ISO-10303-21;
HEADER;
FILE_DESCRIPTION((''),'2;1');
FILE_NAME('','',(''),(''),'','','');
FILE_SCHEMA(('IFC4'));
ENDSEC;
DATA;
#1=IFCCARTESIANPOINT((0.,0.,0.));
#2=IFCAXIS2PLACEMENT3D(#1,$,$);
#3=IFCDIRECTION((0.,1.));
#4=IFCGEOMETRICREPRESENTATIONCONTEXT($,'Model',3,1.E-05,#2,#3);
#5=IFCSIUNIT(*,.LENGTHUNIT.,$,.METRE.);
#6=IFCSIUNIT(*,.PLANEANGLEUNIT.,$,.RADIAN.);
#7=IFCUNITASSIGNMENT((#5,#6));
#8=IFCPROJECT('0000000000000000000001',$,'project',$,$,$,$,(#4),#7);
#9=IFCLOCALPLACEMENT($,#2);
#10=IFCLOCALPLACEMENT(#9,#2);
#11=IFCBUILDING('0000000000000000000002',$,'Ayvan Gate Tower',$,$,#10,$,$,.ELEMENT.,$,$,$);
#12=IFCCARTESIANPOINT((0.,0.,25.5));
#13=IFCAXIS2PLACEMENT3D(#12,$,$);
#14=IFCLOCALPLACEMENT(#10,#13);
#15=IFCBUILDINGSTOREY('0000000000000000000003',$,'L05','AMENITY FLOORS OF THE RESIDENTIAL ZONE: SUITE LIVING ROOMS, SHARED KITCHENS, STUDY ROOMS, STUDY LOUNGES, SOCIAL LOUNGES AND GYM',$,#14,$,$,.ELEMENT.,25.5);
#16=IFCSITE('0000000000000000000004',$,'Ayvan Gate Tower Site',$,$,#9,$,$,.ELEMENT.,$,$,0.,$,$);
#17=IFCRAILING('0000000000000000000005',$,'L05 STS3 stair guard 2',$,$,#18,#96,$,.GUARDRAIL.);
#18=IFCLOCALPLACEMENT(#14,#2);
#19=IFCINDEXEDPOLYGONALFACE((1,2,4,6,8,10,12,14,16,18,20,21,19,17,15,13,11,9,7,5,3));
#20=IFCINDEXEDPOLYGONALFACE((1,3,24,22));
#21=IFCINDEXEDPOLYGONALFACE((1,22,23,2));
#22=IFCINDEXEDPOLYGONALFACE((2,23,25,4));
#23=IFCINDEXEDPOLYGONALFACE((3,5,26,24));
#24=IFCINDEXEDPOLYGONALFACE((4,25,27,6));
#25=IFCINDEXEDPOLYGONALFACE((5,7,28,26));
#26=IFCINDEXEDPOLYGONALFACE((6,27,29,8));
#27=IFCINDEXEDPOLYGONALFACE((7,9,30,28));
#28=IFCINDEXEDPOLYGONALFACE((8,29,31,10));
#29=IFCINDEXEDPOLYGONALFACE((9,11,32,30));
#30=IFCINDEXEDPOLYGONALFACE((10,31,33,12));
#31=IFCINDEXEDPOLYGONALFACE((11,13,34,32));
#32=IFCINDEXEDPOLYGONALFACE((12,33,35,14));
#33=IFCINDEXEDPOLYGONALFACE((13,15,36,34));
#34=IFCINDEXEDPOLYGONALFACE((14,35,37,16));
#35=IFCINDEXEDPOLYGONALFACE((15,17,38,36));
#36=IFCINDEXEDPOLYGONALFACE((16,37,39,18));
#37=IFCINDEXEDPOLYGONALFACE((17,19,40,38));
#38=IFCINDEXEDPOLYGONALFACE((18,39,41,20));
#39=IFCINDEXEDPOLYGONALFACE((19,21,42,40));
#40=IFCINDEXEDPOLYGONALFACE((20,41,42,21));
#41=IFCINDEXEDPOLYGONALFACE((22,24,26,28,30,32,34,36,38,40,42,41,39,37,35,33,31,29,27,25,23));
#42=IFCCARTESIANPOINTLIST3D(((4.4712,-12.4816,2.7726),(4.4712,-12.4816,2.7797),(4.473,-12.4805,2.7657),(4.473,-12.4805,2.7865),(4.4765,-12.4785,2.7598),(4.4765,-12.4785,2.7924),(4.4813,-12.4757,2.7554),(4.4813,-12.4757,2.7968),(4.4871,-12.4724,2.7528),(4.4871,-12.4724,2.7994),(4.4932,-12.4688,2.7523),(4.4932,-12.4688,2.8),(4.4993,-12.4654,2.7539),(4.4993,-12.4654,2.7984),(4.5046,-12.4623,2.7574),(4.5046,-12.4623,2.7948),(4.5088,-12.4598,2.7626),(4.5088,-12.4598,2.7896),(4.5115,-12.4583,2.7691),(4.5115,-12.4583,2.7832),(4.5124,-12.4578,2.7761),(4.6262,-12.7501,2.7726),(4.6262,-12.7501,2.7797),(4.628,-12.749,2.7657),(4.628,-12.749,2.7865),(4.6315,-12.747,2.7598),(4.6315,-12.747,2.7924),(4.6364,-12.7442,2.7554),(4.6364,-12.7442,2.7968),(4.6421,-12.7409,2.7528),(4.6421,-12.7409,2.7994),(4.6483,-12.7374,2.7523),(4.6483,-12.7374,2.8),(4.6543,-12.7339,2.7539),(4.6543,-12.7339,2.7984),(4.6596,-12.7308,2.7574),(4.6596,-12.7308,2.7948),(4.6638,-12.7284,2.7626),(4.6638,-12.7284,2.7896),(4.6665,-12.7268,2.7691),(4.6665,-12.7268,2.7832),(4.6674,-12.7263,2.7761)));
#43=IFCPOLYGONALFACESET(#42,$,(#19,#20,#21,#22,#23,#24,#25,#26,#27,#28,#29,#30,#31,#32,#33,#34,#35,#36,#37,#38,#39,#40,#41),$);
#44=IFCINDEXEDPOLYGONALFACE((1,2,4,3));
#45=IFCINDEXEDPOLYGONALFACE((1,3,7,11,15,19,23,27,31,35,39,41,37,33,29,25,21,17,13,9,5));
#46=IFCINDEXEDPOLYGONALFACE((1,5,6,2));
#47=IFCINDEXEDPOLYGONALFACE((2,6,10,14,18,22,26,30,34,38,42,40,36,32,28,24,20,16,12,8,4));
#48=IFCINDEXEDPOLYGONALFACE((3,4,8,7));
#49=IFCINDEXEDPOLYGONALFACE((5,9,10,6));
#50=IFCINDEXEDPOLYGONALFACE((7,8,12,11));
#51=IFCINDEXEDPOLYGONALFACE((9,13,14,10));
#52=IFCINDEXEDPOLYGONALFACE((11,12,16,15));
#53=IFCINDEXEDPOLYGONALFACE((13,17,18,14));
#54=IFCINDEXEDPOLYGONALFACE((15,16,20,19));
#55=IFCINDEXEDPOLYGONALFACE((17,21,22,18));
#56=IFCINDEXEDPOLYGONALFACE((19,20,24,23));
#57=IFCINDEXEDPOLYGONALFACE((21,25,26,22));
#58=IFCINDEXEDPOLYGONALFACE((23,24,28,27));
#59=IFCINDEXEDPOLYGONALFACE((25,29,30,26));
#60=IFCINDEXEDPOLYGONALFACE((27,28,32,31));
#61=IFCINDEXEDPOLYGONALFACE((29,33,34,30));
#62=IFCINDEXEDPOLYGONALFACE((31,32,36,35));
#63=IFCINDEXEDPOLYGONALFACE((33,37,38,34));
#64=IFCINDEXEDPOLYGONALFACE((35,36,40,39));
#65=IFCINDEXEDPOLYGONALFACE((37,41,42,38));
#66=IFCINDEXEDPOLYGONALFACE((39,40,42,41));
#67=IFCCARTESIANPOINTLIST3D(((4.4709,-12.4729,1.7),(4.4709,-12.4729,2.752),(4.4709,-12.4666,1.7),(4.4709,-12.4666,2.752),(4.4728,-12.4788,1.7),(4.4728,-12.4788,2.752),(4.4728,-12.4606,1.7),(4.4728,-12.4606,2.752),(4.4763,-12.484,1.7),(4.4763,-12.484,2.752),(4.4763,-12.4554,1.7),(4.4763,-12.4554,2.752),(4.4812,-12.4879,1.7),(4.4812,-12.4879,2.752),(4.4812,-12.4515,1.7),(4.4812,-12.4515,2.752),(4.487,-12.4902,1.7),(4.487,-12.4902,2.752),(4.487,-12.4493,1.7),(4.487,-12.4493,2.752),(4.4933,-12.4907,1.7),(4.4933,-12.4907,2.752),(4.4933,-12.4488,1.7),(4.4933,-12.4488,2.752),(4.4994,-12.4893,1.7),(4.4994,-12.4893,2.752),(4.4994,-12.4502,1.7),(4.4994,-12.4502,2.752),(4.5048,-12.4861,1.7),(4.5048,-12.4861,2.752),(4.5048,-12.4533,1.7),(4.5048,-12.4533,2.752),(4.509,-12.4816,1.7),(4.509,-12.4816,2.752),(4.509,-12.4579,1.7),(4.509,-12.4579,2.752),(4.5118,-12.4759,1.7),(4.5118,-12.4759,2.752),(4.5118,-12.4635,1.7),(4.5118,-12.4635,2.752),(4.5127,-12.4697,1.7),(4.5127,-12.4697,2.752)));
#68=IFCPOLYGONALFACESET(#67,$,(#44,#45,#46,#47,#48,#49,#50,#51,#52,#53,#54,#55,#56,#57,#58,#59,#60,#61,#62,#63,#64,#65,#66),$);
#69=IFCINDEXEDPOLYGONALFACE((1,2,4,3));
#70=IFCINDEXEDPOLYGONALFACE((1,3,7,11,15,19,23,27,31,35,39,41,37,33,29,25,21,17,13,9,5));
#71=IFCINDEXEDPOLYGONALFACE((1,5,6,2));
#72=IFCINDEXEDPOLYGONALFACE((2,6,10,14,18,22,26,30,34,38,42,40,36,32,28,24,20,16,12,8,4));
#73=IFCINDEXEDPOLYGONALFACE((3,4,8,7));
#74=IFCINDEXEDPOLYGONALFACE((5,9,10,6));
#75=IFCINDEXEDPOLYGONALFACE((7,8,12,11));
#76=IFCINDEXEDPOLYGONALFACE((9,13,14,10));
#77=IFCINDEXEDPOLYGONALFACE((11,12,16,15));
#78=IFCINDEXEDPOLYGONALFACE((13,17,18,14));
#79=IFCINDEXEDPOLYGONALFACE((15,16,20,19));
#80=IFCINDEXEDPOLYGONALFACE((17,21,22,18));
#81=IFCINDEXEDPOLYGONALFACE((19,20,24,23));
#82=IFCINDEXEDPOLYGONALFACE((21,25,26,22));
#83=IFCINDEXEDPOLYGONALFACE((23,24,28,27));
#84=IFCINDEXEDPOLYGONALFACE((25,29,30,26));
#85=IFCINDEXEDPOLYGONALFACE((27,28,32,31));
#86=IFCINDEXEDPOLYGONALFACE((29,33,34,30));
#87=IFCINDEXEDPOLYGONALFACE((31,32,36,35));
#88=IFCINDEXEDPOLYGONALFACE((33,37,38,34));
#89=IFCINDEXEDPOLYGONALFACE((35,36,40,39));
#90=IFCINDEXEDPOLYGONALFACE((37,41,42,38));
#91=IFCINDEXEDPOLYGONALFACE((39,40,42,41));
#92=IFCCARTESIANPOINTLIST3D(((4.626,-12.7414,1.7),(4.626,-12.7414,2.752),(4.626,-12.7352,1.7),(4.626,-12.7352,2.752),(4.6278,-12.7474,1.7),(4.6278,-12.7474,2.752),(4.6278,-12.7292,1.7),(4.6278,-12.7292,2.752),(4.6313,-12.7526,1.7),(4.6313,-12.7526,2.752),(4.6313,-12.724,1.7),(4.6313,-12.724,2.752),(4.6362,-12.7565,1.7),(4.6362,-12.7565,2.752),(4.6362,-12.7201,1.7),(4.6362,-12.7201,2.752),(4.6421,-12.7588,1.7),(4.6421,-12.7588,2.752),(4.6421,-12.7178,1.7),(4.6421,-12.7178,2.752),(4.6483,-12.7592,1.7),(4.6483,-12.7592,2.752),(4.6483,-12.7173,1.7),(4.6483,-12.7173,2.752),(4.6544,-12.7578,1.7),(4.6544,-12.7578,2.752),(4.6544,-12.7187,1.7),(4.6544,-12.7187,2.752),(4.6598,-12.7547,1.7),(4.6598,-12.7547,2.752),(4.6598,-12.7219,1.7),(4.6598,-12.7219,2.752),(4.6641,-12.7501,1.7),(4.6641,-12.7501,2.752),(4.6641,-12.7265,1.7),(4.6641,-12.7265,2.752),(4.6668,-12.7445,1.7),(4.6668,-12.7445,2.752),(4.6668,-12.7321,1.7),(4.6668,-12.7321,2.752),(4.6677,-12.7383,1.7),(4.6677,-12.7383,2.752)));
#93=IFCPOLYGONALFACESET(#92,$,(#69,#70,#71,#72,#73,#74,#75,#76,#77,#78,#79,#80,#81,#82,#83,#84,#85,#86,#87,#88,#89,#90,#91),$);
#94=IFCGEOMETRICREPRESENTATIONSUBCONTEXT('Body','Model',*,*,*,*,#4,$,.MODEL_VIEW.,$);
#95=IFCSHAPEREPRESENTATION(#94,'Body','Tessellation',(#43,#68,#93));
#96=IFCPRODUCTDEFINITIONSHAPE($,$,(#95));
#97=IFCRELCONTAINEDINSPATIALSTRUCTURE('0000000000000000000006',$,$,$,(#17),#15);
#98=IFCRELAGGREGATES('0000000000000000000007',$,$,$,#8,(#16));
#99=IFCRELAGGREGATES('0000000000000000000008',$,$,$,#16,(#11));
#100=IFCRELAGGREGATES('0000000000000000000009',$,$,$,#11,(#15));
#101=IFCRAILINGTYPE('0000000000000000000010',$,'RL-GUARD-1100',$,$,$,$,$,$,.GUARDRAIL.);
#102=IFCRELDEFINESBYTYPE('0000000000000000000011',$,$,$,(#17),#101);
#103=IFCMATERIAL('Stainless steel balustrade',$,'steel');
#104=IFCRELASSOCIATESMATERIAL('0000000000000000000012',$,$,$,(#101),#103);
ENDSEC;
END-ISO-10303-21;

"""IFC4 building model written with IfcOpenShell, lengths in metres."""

from ifc_helpers import new_model, si_unit, direction, frame, origin, origin_2d, place, context, subcontext, project, spatial, circle, extrude, material, type_object, element, save


model = new_model("IFC4")

# Units and contexts
model_context = context("Model", 3, precision=1e-05, world=origin(), true_north=direction((0.0, 1.0)))
body_context = subcontext(model_context, "Body", "Model", "MODEL_VIEW")
ifc_project = project(units=[si_unit("LENGTHUNIT", "METRE"), si_unit("PLANEANGLEUNIT", "RADIAN")], contexts=[model_context])

# Site, building, storey
site_placement = place(None, origin())
site = spatial("IfcSite", under=ifc_project, at=site_placement, Name="Ayvan Gate Tower Site", CompositionType="ELEMENT", RefElevation=0.0)
building_placement = place(site_placement, origin())
building = spatial("IfcBuilding", under=site, at=building_placement, Name="Ayvan Gate Tower", CompositionType="ELEMENT")
storey_placement = place(building_placement, frame((0.0, 0.0, 25.5)))
storey = spatial("IfcBuildingStorey", under=building, at=storey_placement, Name="L05", Description="AMENITY FLOORS OF THE RESIDENTIAL ZONE: SUITE LIVING ROOMS, SHARED KITCHENS, STUDY ROOMS, STUDY LOUNGES, SOCIAL LOUNGES AND GYM", CompositionType="ELEMENT", Elevation=25.5)

# Railing
ifc_material_1 = material(Name="Stainless steel balustrade", Category="steel")
railing_type_1 = type_object("IfcRailingType", Name="RL-GUARD-1100", PredefinedType="GUARDRAIL", material=ifc_material_1)
railing_1_placement = place(storey_placement, frame((4.4917, -12.4697, 1.7)))
element("IfcRailing", 1, at=railing_1_placement, inside=storey, type_object=railing_type_1, Name="L05 STS3 stair guard 2", PredefinedType="GUARDRAIL", context=body_context, shape_type="SweptSolid", body=[
    extrude(circle(Radius=0.0239, at=origin_2d()), frame((0.0, 0.0, 1.0762), z_axis=(0.49995, -0.866054, 0.0), x_axis=(0.866054, 0.49995, 0.0)), (0.0, 0.0, 1.0), 0.3101),
    extrude(circle(Radius=0.021, at=origin_2d()), origin(), (0.0, 0.0, 1.0), 1.052),
    extrude(circle(Radius=0.021, at=origin_2d()), frame((0.155, -0.2686, 0.0)), (0.0, 0.0, 1.0), 1.052),
])

save(model, "model.ifc")
